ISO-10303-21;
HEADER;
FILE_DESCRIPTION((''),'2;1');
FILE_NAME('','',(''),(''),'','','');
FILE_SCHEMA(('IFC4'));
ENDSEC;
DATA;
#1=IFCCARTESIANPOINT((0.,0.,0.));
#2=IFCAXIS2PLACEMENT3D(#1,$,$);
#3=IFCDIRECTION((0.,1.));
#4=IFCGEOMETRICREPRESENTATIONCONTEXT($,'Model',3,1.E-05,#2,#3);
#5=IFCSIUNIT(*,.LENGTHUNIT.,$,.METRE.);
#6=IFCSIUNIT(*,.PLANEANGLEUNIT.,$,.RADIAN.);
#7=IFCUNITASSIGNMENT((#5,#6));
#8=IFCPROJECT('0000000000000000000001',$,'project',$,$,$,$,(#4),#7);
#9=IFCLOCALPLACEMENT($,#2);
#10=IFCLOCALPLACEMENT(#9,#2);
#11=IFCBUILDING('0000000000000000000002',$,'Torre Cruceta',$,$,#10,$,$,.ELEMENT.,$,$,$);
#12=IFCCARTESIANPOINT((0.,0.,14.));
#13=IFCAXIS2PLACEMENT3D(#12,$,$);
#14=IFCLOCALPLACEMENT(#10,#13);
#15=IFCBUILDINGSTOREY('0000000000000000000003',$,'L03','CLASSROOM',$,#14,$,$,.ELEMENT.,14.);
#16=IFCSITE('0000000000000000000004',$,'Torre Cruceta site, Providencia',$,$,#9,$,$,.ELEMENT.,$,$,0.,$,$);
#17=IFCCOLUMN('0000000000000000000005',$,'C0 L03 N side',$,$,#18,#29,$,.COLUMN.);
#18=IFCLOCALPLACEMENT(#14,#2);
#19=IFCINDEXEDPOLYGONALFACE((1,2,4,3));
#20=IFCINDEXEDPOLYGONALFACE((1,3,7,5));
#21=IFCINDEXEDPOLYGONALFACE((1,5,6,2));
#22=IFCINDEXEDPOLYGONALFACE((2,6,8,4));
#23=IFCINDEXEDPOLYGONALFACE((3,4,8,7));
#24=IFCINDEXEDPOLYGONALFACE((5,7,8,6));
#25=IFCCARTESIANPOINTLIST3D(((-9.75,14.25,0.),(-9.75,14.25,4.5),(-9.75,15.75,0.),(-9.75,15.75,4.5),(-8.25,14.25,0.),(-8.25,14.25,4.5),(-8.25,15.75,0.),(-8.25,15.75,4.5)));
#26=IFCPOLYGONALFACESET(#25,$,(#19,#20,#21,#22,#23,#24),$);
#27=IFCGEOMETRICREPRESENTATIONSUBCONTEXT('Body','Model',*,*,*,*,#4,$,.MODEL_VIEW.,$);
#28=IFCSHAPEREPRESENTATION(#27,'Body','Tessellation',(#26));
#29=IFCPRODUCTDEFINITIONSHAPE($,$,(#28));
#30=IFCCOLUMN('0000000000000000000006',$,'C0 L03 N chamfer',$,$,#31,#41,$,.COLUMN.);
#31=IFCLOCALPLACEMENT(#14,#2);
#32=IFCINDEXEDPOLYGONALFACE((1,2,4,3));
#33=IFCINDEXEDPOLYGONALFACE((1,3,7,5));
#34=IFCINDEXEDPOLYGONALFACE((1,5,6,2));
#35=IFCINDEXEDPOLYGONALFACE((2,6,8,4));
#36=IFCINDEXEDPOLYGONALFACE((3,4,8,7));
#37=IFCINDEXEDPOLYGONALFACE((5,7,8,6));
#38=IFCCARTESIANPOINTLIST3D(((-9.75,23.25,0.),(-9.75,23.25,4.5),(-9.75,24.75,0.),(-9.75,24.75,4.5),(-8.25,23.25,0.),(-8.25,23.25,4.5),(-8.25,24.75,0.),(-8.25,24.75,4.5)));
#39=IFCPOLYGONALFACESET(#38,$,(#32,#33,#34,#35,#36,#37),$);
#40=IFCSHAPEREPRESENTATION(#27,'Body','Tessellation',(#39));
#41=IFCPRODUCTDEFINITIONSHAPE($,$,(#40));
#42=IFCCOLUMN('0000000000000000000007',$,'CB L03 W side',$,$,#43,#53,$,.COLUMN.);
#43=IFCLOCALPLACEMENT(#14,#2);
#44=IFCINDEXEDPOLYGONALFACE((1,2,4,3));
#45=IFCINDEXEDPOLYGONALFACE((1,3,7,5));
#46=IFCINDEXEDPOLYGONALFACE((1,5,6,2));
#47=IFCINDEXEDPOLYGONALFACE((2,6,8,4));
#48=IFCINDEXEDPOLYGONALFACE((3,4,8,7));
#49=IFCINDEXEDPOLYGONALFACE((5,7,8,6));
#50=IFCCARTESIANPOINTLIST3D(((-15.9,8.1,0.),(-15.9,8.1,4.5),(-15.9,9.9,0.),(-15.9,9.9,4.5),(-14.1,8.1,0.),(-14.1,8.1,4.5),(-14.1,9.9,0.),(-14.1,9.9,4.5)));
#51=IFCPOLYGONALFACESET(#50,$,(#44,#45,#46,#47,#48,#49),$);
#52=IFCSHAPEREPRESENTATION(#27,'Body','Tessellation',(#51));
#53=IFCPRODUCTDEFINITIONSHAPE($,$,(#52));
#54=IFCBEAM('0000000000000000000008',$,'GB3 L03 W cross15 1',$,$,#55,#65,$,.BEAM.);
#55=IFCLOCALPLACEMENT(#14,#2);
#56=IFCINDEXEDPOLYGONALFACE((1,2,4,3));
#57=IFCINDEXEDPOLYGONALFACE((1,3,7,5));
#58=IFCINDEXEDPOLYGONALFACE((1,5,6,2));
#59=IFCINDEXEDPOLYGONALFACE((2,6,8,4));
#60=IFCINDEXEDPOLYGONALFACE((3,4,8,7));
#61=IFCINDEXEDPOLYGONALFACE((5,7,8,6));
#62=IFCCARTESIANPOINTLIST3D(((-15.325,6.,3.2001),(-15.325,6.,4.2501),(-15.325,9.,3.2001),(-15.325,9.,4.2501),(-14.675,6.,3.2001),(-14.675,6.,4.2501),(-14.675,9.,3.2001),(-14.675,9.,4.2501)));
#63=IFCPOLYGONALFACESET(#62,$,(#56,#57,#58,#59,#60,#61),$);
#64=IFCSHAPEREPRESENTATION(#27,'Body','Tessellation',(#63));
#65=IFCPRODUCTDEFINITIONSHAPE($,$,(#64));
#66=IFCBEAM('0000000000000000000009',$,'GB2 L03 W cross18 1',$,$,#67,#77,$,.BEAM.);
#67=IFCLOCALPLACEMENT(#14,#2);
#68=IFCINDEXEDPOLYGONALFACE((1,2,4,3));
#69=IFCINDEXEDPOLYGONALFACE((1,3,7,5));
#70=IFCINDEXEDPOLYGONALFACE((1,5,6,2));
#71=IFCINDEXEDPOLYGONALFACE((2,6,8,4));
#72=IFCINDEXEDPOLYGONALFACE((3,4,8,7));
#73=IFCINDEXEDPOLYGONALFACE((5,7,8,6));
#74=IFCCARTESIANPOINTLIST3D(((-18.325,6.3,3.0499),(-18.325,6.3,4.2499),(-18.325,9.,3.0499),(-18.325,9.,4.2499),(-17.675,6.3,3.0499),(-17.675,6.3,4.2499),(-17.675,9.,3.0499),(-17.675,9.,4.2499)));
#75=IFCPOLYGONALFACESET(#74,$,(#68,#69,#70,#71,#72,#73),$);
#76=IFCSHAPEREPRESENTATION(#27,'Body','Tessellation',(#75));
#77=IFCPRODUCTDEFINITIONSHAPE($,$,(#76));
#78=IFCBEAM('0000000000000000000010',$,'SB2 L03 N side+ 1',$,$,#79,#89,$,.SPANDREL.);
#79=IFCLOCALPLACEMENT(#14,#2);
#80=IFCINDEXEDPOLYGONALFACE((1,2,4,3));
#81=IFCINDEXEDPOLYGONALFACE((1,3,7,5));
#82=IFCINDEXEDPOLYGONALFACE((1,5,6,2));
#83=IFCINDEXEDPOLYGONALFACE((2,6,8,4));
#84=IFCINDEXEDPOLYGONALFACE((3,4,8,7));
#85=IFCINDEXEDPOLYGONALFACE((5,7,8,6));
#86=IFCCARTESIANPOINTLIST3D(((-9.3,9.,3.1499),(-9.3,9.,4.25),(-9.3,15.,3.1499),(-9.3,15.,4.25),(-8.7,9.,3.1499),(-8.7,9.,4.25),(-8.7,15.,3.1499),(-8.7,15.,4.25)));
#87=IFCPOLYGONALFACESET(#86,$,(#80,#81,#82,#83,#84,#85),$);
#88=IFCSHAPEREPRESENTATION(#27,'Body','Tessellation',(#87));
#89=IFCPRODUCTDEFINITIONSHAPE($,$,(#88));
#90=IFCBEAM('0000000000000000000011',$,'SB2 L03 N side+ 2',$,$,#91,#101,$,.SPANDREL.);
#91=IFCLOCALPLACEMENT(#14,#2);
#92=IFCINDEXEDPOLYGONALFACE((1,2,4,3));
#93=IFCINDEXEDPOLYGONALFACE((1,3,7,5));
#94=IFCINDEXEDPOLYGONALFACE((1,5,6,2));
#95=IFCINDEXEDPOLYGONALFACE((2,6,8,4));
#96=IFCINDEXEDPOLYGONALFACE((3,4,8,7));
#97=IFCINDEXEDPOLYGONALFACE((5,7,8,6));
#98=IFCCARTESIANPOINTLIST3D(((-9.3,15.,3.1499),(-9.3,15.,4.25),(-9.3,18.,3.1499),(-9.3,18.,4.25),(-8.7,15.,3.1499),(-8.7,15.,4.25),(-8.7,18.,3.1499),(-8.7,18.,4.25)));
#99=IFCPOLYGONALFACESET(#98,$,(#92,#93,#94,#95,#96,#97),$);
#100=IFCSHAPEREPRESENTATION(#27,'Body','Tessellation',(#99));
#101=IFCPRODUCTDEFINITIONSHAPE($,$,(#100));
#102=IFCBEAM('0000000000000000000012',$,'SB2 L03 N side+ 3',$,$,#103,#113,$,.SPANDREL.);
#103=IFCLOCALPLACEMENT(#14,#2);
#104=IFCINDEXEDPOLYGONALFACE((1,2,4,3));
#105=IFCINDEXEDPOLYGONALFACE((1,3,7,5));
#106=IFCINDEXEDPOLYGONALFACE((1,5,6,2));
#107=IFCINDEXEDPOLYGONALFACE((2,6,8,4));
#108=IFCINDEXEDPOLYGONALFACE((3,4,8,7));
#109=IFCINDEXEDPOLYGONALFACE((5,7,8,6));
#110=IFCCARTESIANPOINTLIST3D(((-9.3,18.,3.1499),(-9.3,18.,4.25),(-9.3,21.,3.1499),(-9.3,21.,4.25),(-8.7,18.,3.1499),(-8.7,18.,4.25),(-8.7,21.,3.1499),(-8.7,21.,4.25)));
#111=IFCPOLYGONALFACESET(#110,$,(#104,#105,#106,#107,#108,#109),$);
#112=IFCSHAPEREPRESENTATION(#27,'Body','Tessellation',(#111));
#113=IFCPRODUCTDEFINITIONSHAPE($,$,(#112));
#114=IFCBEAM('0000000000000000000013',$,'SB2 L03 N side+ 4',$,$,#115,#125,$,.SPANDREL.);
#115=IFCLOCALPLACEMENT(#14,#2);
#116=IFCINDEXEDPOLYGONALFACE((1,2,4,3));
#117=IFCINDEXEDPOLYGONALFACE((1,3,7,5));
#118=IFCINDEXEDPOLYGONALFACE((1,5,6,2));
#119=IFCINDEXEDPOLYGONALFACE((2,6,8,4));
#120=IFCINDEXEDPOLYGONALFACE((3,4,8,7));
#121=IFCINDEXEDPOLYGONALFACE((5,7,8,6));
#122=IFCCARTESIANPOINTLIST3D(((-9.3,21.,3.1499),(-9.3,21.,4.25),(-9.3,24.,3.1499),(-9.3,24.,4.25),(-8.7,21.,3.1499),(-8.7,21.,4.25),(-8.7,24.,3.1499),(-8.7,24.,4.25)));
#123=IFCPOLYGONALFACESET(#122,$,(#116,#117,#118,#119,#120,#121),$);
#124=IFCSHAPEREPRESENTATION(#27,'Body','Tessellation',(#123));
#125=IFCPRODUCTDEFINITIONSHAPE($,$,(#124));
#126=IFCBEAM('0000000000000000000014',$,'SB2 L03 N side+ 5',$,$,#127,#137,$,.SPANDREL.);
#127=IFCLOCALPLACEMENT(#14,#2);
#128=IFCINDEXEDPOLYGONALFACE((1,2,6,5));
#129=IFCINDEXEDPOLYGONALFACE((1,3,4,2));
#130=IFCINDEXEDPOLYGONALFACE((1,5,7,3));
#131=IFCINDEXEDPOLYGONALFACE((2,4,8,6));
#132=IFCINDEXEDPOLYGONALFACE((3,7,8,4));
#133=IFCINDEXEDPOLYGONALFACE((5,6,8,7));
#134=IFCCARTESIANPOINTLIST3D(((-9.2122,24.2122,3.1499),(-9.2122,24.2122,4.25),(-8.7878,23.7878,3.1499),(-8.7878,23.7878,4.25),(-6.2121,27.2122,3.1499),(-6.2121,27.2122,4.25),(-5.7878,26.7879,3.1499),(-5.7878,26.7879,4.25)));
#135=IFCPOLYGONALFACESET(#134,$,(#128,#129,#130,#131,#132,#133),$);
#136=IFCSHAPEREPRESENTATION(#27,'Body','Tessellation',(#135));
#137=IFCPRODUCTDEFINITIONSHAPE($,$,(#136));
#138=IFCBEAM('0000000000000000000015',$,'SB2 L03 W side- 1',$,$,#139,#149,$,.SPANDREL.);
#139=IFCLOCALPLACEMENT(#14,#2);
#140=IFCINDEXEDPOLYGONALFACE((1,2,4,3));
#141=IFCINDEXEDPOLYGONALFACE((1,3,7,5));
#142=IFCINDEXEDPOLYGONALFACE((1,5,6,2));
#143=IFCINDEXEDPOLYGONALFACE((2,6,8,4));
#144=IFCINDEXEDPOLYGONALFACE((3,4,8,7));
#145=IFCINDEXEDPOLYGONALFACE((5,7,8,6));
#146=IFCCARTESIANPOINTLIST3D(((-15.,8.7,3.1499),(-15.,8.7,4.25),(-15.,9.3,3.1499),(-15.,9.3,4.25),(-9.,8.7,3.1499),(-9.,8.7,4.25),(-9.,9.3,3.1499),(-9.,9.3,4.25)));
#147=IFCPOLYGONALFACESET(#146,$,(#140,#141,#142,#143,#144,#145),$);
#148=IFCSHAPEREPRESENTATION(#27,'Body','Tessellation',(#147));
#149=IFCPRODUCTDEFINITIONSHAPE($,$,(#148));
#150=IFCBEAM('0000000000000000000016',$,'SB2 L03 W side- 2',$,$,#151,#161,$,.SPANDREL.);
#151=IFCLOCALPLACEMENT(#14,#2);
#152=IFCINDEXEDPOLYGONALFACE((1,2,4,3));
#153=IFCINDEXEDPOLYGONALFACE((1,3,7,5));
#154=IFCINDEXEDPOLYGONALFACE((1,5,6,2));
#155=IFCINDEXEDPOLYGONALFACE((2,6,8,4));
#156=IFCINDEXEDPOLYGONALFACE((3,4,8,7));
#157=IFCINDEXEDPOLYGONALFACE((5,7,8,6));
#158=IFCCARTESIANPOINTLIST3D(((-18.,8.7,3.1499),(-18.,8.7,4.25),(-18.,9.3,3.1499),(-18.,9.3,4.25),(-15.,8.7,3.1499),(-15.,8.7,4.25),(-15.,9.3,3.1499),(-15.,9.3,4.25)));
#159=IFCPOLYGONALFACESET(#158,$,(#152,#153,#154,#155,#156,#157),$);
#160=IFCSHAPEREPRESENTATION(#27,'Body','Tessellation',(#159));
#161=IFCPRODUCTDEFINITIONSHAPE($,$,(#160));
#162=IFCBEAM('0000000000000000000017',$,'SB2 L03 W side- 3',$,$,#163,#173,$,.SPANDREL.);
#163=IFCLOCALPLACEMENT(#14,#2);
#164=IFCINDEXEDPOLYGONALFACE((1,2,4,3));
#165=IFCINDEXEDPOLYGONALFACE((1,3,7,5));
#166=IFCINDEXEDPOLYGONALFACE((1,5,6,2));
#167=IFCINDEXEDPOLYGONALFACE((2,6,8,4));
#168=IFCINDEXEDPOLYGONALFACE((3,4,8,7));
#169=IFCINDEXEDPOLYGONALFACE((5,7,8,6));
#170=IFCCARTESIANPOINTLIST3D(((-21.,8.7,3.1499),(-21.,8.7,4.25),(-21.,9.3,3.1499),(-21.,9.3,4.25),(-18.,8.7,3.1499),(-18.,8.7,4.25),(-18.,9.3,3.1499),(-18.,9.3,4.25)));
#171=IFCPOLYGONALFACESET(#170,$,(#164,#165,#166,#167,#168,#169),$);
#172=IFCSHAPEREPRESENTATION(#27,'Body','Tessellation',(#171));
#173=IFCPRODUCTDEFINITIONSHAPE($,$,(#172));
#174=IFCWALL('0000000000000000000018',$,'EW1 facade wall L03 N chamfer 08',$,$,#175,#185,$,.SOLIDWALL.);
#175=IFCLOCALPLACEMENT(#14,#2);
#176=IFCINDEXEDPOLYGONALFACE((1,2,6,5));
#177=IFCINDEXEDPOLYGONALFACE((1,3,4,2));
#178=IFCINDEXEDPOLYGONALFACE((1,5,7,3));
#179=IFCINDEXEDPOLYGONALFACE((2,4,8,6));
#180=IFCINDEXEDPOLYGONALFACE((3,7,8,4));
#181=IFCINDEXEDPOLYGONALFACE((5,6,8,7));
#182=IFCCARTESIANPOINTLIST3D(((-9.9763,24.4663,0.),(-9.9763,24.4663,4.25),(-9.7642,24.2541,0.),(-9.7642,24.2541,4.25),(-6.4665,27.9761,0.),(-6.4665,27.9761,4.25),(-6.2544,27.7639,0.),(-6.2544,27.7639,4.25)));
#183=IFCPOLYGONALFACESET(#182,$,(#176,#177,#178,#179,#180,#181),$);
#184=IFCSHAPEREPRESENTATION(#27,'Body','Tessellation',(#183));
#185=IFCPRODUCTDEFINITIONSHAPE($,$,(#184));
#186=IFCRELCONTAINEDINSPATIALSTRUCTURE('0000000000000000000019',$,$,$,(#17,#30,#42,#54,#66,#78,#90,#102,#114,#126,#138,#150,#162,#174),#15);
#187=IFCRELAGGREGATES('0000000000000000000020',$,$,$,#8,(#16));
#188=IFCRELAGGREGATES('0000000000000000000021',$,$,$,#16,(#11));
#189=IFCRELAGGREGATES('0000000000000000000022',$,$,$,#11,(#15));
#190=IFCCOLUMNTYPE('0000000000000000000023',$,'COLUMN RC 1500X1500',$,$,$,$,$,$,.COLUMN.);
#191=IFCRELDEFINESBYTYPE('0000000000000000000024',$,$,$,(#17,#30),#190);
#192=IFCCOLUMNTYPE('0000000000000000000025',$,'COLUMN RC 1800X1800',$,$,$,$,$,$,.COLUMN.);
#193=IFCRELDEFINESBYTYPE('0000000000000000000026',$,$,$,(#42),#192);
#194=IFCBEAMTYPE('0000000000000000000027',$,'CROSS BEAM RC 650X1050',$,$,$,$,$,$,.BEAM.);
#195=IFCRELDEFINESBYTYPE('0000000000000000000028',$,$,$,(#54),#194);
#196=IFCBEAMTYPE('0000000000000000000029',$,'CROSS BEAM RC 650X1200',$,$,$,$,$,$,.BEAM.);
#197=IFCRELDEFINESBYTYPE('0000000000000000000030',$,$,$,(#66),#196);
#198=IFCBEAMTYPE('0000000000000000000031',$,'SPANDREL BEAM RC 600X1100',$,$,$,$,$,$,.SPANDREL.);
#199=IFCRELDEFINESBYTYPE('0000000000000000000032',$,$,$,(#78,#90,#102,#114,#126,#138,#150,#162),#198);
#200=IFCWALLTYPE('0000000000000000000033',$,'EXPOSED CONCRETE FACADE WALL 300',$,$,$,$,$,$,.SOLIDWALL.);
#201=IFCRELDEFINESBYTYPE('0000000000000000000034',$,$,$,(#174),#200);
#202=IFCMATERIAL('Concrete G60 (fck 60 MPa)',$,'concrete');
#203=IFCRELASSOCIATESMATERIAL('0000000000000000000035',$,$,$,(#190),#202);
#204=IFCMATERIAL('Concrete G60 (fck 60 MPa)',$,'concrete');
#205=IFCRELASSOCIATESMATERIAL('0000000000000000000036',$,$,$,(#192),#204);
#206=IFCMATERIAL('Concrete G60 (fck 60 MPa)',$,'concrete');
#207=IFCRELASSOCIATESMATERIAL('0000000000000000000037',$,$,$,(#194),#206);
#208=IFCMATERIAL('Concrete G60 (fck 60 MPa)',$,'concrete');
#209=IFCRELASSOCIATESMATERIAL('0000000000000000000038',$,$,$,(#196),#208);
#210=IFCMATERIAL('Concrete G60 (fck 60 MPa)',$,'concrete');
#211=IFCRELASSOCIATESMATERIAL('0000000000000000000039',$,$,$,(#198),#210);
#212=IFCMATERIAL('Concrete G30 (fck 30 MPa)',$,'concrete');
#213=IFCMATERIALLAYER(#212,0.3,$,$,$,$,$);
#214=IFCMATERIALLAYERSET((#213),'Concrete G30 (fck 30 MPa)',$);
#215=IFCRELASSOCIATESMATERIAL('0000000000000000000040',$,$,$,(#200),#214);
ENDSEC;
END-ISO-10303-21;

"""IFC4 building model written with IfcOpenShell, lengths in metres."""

from ifc_helpers import new_model, si_unit, direction, frame, frame_2d, origin, origin_2d, place, context, subcontext, project, spatial, rectangle, extrude, material, layer, layer_set, material_profile, profile_set, type_object, element, save


model = new_model("IFC4")

# Units and contexts
model_context = context("Model", 3, precision=1e-05, world=origin(), true_north=direction((0.0, 1.0)))
body_context = subcontext(model_context, "Body", "Model", "MODEL_VIEW")
ifc_project = project(units=[si_unit("LENGTHUNIT", "METRE"), si_unit("PLANEANGLEUNIT", "RADIAN")], contexts=[model_context])

# Site, building, storey
site_placement = place(None, origin())
site = spatial("IfcSite", under=ifc_project, at=site_placement, Name="Torre Cruceta site, Providencia", CompositionType="ELEMENT", RefElevation=0.0)
building_placement = place(site_placement, origin())
building = spatial("IfcBuilding", under=site, at=building_placement, Name="Torre Cruceta", CompositionType="ELEMENT")
storey_placement = place(building_placement, frame((0.0, 0.0, 14.0)))
storey = spatial("IfcBuildingStorey", under=building, at=storey_placement, Name="L03", Description="CLASSROOM", CompositionType="ELEMENT", Elevation=14.0)

# Columns
ifc_material_1 = material(Name="Concrete G60 (fck 60 MPa)", Category="concrete")
ifc_material_profile_1 = material_profile(ifc_material_1, rectangle(XDim=1.5, YDim=1.5, at=origin_2d()), Name="RC 1500X1500")
ifc_profile_set_1 = profile_set([ifc_material_profile_1], Name="Concrete G60 (fck 60 MPa)")
column_type_1 = type_object("IfcColumnType", Name="COLUMN RC 1500X1500", PredefinedType="COLUMN", material=ifc_profile_set_1)
for number, where, z_axis, x_axis, name in (
    (1, (-9.0, 15.0, 0.0), (0.0, 0.0, 1.0), (1.0, 0.0, 0.0), "C0 L03 N side"),
    (2, (-9.0, 24.0, 0.0), (0.0, 0.0, 1.0), (1.0, 0.0, 0.0), "C0 L03 N chamfer"),
):
    element("IfcColumn", number, at=place(storey_placement, frame(where, z_axis=z_axis, x_axis=x_axis)), inside=storey, type_object=column_type_1, Name=name, PredefinedType="COLUMN", context=body_context, shape_type="SweptSolid", body=[
        extrude(rectangle(XDim=1.5, YDim=1.5, at=origin_2d()), origin(), (0.0, 0.0, 1.0), 4.5),
    ])
ifc_material_2 = material(Name="Concrete G60 (fck 60 MPa)", Category="concrete")
ifc_material_profile_2 = material_profile(ifc_material_2, rectangle(XDim=1.8, YDim=1.8, at=origin_2d()), Name="RC 1800X1800")
ifc_profile_set_2 = profile_set([ifc_material_profile_2], Name="Concrete G60 (fck 60 MPa)")
column_type_2 = type_object("IfcColumnType", Name="COLUMN RC 1800X1800", PredefinedType="COLUMN", material=ifc_profile_set_2)
column_placement = place(storey_placement, frame((-15.0, 9.0, 0.0), z_axis=(0.0, 0.0, 1.0), x_axis=(1.0, 0.0, 0.0)))
element("IfcColumn", 3, at=column_placement, inside=storey, type_object=column_type_2, Name="CB L03 W side", PredefinedType="COLUMN", context=body_context, shape_type="SweptSolid", body=[
    extrude(rectangle(XDim=1.8, YDim=1.8, at=origin_2d()), origin(), (0.0, 0.0, 1.0), 4.5),
])

# Beams
ifc_material_3 = material(Name="Concrete G60 (fck 60 MPa)", Category="concrete")
ifc_material_profile_3 = material_profile(ifc_material_3, rectangle(XDim=0.6499, YDim=1.05, at=origin_2d()), Name="RC 650X1050")
ifc_profile_set_3 = profile_set([ifc_material_profile_3], Name="Concrete G60 (fck 60 MPa)")
beam_type_1 = type_object("IfcBeamType", Name="CROSS BEAM RC 650X1050", PredefinedType="BEAM", material=ifc_profile_set_3)
beam_1_placement = place(storey_placement, frame((-15.0, 9.0, 3.7251), z_axis=(0.0, -1.0, 0.0), x_axis=(1.0, 0.0, 0.0)))
element("IfcBeam", 4, at=beam_1_placement, inside=storey, type_object=beam_type_1, Name="GB3 L03 W cross15 1", PredefinedType="BEAM", context=body_context, shape_type="SweptSolid", body=[
    extrude(rectangle(XDim=0.6499, YDim=1.05, at=origin_2d()), origin(), (0.0, 0.0, 1.0), 3.0),
])
ifc_material_4 = material(Name="Concrete G60 (fck 60 MPa)", Category="concrete")
ifc_material_profile_4 = material_profile(ifc_material_4, rectangle(XDim=0.6499, YDim=1.2, at=origin_2d()), Name="RC 650X1200")
ifc_profile_set_4 = profile_set([ifc_material_profile_4], Name="Concrete G60 (fck 60 MPa)")
beam_type_2 = type_object("IfcBeamType", Name="CROSS BEAM RC 650X1200", PredefinedType="BEAM", material=ifc_profile_set_4)
beam_2_placement = place(storey_placement, frame((-18.0, 9.0, 3.6499), z_axis=(0.0, -1.0, 0.0), x_axis=(1.0, 0.0, 0.0)))
element("IfcBeam", 5, at=beam_2_placement, inside=storey, type_object=beam_type_2, Name="GB2 L03 W cross18 1", PredefinedType="BEAM", context=body_context, shape_type="SweptSolid", body=[
    extrude(rectangle(XDim=0.6499, YDim=1.2, at=origin_2d()), origin(), (0.0, 0.0, 1.0), 2.7),
])
ifc_material_5 = material(Name="Concrete G60 (fck 60 MPa)", Category="concrete")
ifc_material_profile_5 = material_profile(ifc_material_5, rectangle(XDim=0.6001, YDim=1.1001, at=origin_2d()), Name="RC 600X1100")
ifc_profile_set_5 = profile_set([ifc_material_profile_5], Name="Concrete G60 (fck 60 MPa)")
beam_type_3 = type_object("IfcBeamType", Name="SPANDREL BEAM RC 600X1100", PredefinedType="SPANDREL", material=ifc_profile_set_5)
beam_3_placement = place(storey_placement, frame((-9.0, 9.0, 3.7), z_axis=(0.0, 1.0, 0.0), x_axis=(-1.0, 0.0, 0.0)))
element("IfcBeam", 6, at=beam_3_placement, inside=storey, type_object=beam_type_3, Name="SB2 L03 N side+ 1", PredefinedType="SPANDREL", context=body_context, shape_type="SweptSolid", body=[
    extrude(rectangle(XDim=0.6001, YDim=1.1001, at=origin_2d()), origin(), (0.0, 0.0, 1.0), 6.0),
])
for number, where, z_axis, x_axis, name in (
    (7, (-9.0, 15.0, 3.7), (0.0, 1.0, 0.0), (-1.0, 0.0, 0.0), "SB2 L03 N side+ 2"),
    (8, (-9.0, 18.0, 3.7), (0.0, 1.0, 0.0), (-1.0, 0.0, 0.0), "SB2 L03 N side+ 3"),
    (9, (-9.0, 21.0, 3.7), (0.0, 1.0, 0.0), (-1.0, 0.0, 0.0), "SB2 L03 N side+ 4"),
):
    element("IfcBeam", number, at=place(storey_placement, frame(where, z_axis=z_axis, x_axis=x_axis)), inside=storey, type_object=beam_type_3, Name=name, PredefinedType="SPANDREL", context=body_context, shape_type="SweptSolid", body=[
        extrude(rectangle(XDim=0.6001, YDim=1.1001, at=origin_2d()), origin(), (0.0, 0.0, 1.0), 3.0),
    ])
beam_4_placement = place(storey_placement, frame((-9.0, 24.0, 3.7), z_axis=(0.707107, 0.707107, 0.0), x_axis=(-0.707107, 0.707107, 0.0)))
element("IfcBeam", 10, at=beam_4_placement, inside=storey, type_object=beam_type_3, Name="SB2 L03 N side+ 5", PredefinedType="SPANDREL", context=body_context, shape_type="SweptSolid", body=[
    extrude(rectangle(XDim=0.6001, YDim=1.1001, at=origin_2d()), origin(), (0.0, 0.0, 1.0), 4.2427),
])
beam_5_placement = place(storey_placement, frame((-9.0, 9.0, 3.7), z_axis=(-1.0, 0.0, 0.0), x_axis=(0.0, -1.0, 0.0)))
element("IfcBeam", 11, at=beam_5_placement, inside=storey, type_object=beam_type_3, Name="SB2 L03 W side- 1", PredefinedType="SPANDREL", context=body_context, shape_type="SweptSolid", body=[
    extrude(rectangle(XDim=0.6001, YDim=1.1001, at=origin_2d()), origin(), (0.0, 0.0, 1.0), 6.0),
])
for number, where, z_axis, x_axis, name in (
    (12, (-15.0, 9.0, 3.7), (-1.0, 0.0, 0.0), (0.0, -1.0, 0.0), "SB2 L03 W side- 2"),
    (13, (-18.0, 9.0, 3.7), (-1.0, 0.0, 0.0), (0.0, -1.0, 0.0), "SB2 L03 W side- 3"),
):
    element("IfcBeam", number, at=place(storey_placement, frame(where, z_axis=z_axis, x_axis=x_axis)), inside=storey, type_object=beam_type_3, Name=name, PredefinedType="SPANDREL", context=body_context, shape_type="SweptSolid", body=[
        extrude(rectangle(XDim=0.6001, YDim=1.1001, at=origin_2d()), origin(), (0.0, 0.0, 1.0), 3.0),
    ])

# Wall
ifc_material_6 = material(Name="Concrete G30 (fck 30 MPa)", Category="concrete")
ifc_layer_1 = layer(ifc_material_6, 0.3)
ifc_layer_set_1 = layer_set([ifc_layer_1], Name="Concrete G30 (fck 30 MPa)")
wall_type_1 = type_object("IfcWallType", Name="EXPOSED CONCRETE FACADE WALL 300", PredefinedType="SOLIDWALL", material=ifc_layer_set_1)
wall_1_placement = place(storey_placement, frame((-6.3604, 27.8701, 0.0), z_axis=(0.0, 0.0, 1.0), x_axis=(-0.707107, -0.707107, 0.0)))
element("IfcWall", 14, at=wall_1_placement, inside=storey, type_object=wall_type_1, Name="EW1 facade wall L03 N chamfer 08", PredefinedType="SOLIDWALL", context=body_context, shape_type="SweptSolid", body=[
    extrude(rectangle(XDim=4.9636, YDim=0.3, at=frame_2d((2.4819, 0.0))), origin(), (0.0, 0.0, 1.0), 4.25),
])

save(model, "model.ifc")
